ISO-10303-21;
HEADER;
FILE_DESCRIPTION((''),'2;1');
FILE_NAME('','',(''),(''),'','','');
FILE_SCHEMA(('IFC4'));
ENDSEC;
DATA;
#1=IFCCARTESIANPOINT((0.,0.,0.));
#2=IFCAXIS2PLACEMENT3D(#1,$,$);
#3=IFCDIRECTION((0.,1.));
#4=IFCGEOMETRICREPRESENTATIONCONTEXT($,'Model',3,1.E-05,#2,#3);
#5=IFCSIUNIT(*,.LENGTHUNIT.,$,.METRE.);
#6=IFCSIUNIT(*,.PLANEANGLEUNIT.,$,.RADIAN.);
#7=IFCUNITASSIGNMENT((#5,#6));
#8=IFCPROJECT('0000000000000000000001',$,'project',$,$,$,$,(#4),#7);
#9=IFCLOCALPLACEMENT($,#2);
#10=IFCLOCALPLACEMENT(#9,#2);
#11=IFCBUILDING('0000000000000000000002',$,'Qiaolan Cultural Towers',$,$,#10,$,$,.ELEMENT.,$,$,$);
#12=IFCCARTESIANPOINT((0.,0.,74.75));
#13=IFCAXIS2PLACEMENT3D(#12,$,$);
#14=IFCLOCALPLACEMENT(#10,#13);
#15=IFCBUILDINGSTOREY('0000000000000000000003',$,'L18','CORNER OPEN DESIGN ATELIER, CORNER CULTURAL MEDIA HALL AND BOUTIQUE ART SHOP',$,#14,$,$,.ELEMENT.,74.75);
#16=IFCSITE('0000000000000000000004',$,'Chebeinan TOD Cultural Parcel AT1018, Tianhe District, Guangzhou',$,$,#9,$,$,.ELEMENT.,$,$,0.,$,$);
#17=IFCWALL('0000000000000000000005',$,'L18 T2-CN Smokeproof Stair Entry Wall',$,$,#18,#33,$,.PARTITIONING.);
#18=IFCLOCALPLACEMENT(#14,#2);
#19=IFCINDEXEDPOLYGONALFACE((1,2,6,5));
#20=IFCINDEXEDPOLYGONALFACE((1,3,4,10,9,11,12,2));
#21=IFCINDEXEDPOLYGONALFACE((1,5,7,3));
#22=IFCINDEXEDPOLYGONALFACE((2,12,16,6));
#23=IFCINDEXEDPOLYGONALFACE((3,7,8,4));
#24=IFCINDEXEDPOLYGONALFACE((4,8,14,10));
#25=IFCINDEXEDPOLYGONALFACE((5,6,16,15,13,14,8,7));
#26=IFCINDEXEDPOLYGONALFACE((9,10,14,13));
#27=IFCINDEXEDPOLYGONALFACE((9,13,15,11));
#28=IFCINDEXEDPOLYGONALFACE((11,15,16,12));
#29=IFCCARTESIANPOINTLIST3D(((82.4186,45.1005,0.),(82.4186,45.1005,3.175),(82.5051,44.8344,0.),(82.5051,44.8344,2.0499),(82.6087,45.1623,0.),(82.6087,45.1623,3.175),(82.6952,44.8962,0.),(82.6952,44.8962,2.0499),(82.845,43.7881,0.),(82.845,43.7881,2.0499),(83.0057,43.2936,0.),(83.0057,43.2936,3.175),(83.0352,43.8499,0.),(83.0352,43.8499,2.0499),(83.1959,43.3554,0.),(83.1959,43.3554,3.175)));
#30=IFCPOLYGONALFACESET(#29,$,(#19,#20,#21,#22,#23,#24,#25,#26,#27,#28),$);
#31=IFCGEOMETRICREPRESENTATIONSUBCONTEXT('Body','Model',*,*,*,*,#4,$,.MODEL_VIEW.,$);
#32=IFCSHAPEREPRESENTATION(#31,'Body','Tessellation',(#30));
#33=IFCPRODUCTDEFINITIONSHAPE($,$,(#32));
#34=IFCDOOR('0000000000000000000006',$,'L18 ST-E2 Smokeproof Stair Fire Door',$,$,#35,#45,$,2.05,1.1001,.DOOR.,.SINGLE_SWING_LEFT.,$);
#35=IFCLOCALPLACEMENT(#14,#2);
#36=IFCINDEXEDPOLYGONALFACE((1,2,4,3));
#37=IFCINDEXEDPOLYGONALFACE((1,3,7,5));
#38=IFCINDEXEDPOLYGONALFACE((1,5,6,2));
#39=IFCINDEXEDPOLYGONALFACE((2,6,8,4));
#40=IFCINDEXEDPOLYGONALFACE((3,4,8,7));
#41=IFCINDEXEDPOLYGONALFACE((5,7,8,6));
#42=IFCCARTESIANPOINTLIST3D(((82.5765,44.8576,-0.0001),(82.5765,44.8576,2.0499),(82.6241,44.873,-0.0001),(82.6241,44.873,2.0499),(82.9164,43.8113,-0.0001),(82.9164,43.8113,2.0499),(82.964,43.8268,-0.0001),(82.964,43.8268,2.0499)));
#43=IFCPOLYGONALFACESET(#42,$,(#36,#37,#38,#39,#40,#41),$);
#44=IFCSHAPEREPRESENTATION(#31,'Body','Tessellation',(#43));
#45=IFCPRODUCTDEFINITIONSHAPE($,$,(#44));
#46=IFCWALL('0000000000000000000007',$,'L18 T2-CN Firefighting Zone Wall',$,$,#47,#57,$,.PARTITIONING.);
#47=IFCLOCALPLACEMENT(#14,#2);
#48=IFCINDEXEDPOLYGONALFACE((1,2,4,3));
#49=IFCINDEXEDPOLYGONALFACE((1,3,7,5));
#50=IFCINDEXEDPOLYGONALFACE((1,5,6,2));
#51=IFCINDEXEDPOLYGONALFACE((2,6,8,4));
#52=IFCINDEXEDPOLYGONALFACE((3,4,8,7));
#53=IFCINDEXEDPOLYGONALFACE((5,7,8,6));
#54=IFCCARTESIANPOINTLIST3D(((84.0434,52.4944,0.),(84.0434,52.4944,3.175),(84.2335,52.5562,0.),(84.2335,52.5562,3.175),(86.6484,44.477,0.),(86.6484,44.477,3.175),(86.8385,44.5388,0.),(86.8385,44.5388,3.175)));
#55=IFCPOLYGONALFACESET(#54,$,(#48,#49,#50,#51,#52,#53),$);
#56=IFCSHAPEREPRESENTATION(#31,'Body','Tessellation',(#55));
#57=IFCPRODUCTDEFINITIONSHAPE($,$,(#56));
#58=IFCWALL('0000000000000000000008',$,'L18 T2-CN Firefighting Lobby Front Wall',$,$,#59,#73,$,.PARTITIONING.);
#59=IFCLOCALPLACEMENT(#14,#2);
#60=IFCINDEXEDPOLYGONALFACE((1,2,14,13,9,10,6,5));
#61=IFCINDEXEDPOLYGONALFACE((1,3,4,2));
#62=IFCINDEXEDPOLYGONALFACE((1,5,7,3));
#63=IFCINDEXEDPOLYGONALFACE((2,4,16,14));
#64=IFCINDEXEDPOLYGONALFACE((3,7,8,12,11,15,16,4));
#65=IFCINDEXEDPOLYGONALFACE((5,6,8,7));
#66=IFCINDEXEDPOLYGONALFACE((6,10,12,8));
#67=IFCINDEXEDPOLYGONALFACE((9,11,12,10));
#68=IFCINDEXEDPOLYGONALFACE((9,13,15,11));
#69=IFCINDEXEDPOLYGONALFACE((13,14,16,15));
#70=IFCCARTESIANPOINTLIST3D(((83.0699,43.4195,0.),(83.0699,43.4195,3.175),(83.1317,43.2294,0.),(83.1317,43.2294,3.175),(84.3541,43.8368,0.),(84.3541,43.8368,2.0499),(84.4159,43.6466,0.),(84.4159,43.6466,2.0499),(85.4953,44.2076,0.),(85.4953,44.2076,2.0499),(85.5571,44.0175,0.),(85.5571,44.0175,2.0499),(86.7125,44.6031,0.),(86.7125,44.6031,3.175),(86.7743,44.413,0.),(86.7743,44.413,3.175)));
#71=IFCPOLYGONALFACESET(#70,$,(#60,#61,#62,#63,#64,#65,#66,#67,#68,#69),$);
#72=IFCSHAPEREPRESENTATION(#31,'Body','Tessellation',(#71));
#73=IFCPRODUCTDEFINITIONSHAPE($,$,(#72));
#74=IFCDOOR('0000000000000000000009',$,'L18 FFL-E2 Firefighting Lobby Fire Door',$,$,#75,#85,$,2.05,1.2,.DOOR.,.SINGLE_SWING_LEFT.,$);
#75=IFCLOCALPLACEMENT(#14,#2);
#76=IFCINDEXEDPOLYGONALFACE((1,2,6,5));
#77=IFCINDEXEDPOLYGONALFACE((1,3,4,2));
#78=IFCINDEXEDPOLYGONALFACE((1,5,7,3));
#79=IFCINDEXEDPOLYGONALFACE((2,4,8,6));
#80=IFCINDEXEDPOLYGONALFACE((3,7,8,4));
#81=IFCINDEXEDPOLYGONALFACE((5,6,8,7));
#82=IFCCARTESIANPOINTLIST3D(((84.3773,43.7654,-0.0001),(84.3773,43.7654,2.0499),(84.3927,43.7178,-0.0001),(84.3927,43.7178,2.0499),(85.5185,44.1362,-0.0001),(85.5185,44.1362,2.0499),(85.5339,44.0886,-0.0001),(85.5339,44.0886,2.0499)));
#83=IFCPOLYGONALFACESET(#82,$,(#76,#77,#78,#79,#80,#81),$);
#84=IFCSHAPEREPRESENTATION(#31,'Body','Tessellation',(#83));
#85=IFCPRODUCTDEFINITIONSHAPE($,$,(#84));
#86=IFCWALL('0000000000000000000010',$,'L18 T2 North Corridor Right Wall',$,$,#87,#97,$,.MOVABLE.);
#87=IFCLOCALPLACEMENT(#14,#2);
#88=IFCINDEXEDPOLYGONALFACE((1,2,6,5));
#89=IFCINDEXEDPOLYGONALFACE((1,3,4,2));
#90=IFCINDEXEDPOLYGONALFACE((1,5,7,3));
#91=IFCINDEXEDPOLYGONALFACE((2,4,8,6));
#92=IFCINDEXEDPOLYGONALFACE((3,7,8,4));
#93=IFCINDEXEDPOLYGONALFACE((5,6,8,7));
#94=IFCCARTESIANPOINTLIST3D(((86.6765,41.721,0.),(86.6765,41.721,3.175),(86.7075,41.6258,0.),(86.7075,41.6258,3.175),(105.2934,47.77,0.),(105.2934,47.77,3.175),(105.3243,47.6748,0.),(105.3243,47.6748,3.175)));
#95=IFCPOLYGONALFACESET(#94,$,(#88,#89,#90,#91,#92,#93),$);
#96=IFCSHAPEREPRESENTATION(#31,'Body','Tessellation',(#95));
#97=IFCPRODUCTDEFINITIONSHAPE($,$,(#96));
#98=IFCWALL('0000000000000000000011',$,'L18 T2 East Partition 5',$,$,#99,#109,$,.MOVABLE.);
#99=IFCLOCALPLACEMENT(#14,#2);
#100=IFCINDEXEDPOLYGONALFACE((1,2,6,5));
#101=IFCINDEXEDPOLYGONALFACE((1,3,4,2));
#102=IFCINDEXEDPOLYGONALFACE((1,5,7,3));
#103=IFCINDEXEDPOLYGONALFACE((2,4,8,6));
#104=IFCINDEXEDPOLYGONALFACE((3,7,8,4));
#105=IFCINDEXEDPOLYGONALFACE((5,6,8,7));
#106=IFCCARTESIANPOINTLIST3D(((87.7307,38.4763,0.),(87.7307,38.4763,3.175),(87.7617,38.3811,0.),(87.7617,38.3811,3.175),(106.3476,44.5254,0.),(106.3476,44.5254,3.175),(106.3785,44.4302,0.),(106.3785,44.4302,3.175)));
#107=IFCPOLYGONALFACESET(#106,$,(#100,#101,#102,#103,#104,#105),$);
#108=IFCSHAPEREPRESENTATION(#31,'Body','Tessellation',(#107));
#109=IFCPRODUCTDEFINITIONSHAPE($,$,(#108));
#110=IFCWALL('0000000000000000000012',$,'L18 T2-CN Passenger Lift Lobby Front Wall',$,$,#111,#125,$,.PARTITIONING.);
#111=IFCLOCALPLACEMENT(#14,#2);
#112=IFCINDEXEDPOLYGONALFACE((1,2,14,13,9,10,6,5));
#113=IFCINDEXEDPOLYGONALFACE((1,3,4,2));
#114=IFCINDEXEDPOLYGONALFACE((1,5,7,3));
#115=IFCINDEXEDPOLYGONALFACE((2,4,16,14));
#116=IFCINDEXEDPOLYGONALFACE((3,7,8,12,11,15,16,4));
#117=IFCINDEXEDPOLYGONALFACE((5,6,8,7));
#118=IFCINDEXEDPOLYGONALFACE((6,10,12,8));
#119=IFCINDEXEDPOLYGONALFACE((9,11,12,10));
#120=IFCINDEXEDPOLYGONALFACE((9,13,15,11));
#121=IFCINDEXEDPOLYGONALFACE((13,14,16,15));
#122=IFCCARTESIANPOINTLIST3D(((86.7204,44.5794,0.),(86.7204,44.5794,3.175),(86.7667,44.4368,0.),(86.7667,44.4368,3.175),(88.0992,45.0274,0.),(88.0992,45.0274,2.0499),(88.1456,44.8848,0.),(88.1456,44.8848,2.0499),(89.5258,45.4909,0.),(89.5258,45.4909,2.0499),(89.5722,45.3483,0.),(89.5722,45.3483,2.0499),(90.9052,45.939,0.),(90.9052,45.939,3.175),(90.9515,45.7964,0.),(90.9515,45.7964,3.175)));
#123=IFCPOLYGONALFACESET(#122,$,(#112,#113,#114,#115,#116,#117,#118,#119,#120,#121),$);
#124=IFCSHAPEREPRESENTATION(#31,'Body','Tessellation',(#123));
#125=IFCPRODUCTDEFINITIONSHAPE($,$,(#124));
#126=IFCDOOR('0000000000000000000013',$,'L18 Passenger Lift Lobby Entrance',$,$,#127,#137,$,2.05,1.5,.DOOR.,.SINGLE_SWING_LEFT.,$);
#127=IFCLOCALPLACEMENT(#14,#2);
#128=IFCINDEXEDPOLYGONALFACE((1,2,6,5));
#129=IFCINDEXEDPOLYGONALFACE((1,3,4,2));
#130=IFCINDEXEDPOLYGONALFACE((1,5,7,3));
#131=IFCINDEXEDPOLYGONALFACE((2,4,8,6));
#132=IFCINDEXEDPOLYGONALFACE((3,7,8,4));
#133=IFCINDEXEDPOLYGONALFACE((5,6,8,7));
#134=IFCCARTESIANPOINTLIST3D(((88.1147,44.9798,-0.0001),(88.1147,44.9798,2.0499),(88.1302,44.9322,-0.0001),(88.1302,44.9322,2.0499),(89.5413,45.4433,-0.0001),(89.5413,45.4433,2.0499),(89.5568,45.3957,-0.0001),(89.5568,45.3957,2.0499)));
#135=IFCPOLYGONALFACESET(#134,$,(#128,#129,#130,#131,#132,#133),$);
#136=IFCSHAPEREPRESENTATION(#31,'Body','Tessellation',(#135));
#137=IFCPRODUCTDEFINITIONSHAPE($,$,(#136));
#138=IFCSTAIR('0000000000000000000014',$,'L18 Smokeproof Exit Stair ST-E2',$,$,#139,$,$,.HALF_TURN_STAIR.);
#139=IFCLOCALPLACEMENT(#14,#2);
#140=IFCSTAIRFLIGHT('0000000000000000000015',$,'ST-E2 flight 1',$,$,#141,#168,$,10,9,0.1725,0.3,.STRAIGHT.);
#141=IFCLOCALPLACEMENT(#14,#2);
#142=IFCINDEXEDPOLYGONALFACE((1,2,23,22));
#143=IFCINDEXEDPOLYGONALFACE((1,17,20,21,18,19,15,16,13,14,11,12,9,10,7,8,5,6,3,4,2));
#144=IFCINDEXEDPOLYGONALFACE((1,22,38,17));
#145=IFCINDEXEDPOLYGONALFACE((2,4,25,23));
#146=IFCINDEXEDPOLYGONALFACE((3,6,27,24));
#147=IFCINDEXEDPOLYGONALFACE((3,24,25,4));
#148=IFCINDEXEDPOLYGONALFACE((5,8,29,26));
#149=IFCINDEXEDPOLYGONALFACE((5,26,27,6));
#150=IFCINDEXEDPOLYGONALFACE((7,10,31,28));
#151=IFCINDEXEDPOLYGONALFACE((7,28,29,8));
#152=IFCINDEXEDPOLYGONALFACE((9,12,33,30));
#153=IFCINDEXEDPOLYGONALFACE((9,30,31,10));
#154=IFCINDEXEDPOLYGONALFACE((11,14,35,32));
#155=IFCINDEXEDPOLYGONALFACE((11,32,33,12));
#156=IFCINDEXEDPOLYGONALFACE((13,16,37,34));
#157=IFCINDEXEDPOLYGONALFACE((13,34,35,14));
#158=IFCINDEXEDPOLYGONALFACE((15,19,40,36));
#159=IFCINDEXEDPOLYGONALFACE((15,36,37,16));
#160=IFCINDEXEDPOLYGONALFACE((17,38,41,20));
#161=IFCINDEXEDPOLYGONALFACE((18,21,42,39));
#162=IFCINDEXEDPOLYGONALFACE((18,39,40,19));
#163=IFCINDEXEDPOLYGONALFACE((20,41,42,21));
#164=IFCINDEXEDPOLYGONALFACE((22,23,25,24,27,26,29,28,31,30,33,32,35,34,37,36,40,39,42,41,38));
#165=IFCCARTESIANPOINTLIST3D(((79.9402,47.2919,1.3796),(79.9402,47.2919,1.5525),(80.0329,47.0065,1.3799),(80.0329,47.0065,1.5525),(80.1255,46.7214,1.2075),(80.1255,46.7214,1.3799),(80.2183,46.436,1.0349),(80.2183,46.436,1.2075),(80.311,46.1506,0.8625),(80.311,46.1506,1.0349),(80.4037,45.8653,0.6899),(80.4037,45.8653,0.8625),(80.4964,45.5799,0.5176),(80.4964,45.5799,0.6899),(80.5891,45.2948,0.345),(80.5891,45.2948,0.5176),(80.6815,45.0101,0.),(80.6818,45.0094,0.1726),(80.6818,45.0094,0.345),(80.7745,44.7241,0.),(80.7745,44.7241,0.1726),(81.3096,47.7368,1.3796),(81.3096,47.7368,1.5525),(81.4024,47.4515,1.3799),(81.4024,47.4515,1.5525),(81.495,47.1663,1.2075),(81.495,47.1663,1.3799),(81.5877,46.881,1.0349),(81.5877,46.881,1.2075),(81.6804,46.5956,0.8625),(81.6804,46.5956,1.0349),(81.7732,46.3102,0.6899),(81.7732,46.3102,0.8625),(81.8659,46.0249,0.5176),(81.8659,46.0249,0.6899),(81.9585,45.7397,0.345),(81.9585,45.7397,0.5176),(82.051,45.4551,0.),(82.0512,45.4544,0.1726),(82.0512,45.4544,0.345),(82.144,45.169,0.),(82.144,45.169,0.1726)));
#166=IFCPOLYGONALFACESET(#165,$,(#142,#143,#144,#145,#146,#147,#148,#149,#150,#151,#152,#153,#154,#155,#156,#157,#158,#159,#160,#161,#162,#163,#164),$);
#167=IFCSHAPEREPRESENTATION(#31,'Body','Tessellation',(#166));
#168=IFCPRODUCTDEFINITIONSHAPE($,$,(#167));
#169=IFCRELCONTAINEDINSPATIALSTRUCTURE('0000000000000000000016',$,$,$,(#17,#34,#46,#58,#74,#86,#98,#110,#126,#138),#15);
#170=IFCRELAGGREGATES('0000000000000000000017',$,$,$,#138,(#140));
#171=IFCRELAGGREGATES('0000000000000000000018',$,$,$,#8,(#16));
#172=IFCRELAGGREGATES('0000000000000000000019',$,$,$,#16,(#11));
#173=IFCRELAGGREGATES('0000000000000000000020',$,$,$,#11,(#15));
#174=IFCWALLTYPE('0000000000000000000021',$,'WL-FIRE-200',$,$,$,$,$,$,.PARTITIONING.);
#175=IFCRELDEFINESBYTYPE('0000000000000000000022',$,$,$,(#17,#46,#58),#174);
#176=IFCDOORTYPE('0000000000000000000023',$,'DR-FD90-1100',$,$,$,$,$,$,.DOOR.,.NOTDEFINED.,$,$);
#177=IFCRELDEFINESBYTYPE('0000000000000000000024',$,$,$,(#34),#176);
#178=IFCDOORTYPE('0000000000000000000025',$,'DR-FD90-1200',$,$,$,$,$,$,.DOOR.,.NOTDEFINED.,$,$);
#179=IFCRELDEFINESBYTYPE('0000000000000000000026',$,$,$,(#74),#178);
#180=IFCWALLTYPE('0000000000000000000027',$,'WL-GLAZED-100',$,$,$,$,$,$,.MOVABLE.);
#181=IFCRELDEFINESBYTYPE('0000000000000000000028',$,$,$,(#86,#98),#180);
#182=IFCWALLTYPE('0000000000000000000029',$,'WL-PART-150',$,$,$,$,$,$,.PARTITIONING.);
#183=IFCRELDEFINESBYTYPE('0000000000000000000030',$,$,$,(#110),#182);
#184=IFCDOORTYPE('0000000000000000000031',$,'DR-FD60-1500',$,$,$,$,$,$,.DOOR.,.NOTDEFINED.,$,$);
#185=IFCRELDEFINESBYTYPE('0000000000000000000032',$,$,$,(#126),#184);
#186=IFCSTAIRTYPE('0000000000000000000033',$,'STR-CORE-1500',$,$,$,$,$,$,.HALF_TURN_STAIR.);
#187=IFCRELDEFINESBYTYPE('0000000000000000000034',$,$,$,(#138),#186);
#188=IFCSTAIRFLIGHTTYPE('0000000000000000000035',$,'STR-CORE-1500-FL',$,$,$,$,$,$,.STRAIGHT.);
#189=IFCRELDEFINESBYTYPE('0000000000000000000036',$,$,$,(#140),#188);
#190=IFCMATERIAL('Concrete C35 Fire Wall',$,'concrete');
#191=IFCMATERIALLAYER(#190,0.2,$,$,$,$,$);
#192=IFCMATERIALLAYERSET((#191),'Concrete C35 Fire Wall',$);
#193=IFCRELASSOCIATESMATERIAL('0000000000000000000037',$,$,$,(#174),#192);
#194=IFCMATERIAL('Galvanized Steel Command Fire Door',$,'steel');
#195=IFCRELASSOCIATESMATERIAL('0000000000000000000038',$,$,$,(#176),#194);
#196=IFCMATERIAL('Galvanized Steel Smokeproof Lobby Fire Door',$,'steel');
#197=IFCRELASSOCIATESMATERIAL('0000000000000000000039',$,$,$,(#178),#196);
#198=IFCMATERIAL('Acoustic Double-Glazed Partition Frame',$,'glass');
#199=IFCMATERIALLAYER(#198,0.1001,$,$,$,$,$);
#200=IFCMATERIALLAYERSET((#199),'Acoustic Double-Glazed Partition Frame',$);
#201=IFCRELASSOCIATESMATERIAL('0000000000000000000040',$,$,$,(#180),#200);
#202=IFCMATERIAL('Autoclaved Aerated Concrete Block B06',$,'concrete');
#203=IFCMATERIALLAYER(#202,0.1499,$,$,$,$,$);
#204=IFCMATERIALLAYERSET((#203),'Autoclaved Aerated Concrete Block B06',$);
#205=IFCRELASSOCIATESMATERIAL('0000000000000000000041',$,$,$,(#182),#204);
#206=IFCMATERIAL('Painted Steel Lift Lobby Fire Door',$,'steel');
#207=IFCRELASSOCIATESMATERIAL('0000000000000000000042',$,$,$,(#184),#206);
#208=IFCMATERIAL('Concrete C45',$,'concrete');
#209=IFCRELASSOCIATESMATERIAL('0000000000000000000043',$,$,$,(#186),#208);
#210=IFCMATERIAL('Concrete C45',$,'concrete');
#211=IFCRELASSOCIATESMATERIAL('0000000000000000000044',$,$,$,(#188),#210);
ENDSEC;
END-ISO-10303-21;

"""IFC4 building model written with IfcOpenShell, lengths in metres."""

from ifc_helpers import new_model, si_unit, direction, frame, frame_2d, origin, place, context, subcontext, project, spatial, polyline, rectangle, outline, extrude, material, layer, layer_set, type_object, element, fill, aggregate, save


model = new_model("IFC4")

# Units and contexts
model_context = context("Model", 3, precision=1e-05, world=origin(), true_north=direction((0.0, 1.0)))
body_context = subcontext(model_context, "Body", "Model", "MODEL_VIEW")
ifc_project = project(units=[si_unit("LENGTHUNIT", "METRE"), si_unit("PLANEANGLEUNIT", "RADIAN")], contexts=[model_context])

# Site, building, storey
site_placement = place(None, origin())
site = spatial("IfcSite", under=ifc_project, at=site_placement, Name="Chebeinan TOD Cultural Parcel AT1018, Tianhe District, Guangzhou", CompositionType="ELEMENT", RefElevation=0.0)
building_placement = place(site_placement, origin())
building = spatial("IfcBuilding", under=site, at=building_placement, Name="Qiaolan Cultural Towers", CompositionType="ELEMENT")
storey_placement = place(building_placement, frame((0.0, 0.0, 74.75)))
storey = spatial("IfcBuildingStorey", under=building, at=storey_placement, Name="L18", Description="CORNER OPEN DESIGN ATELIER, CORNER CULTURAL MEDIA HALL AND BOUTIQUE ART SHOP", CompositionType="ELEMENT", Elevation=74.75)

# Wall, opening, door
ifc_material_1 = material(Name="Concrete C35 Fire Wall", Category="concrete")
ifc_layer_1 = layer(ifc_material_1, 0.2)
ifc_layer_set_1 = layer_set([ifc_layer_1], Name="Concrete C35 Fire Wall")
wall_type_1 = type_object("IfcWallType", Name="WL-FIRE-200", PredefinedType="PARTITIONING", material=ifc_layer_set_1)
wall_1_placement = place(storey_placement, frame((83.1008, 43.3245, 0.0), z_axis=(0.0, 0.0, 1.0), x_axis=(-0.309048, 0.951046, 0.0)))
wall_1 = element("IfcWall", 1, at=wall_1_placement, inside=storey, type_object=wall_type_1, Name="L18 T2-CN Smokeproof Stair Entry Wall", PredefinedType="PARTITIONING", context=body_context, shape_type="SweptSolid", body=[
    extrude(rectangle(XDim=1.8999, YDim=0.2, at=frame_2d((0.95, 0.0))), origin(), (0.0, 0.0, 1.0), 3.175),
])
opening_1_placement = place(wall_1_placement, frame((0.52, 0.0, 0.0)))
opening_1 = element("IfcOpeningElement", 2, at=opening_1_placement, cuts=wall_1, PredefinedType="OPENING", context=body_context, shape_type="SweptSolid", body=[
    extrude(rectangle(XDim=1.1001, YDim=2.05, at=frame_2d((0.55, 1.0249))), frame((0.0, 0.1099, 0.0), z_axis=(0.0, -1.0, 0.0), x_axis=(1.0, 0.0, 0.0)), (0.0, 0.0, 1.0), 0.22),
])
ifc_material_2 = material(Name="Galvanized Steel Command Fire Door", Category="steel")
door_type_1 = type_object("IfcDoorType", Name="DR-FD90-1100", OperationType="NOTDEFINED", PredefinedType="DOOR", material=ifc_material_2)
door_1_placement = place(opening_1_placement, origin())
door_1 = element("IfcDoor", 3, at=door_1_placement, inside=storey, type_object=door_type_1, Name="L18 ST-E2 Smokeproof Stair Fire Door", OperationType="SINGLE_SWING_LEFT", OverallHeight=2.05, OverallWidth=1.1001, PredefinedType="DOOR", context=body_context, shape_type="SweptSolid", body=[
    extrude(rectangle(XDim=1.1001, YDim=2.05, at=frame_2d((0.55, 1.0249))), frame((0.0, 0.0249, 0.0), z_axis=(0.0, -1.0, 0.0), x_axis=(1.0, 0.0, 0.0)), (0.0, 0.0, 1.0), 0.05),
])
fill(opening_1, door_1)

# Wall
wall_2_placement = place(storey_placement, frame((86.7434, 44.5081, 0.0), z_axis=(0.0, 0.0, 1.0), x_axis=(-0.309016, 0.951057, 0.0)))
element("IfcWall", 4, at=wall_2_placement, inside=storey, type_object=wall_type_1, Name="L18 T2-CN Firefighting Zone Wall", PredefinedType="PARTITIONING", context=body_context, shape_type="SweptSolid", body=[
    extrude(rectangle(XDim=8.4299, YDim=0.2, at=frame_2d((4.2148, 0.0))), origin(), (0.0, 0.0, 1.0), 3.175),
])

# Wall, opening, door
wall_3_placement = place(storey_placement, frame((83.1008, 43.3245, 0.0), z_axis=(0.0, 0.0, 1.0), x_axis=(0.951053, 0.309028, 0.0)))
wall_3 = element("IfcWall", 5, at=wall_3_placement, inside=storey, type_object=wall_type_1, Name="L18 T2-CN Firefighting Lobby Front Wall", PredefinedType="PARTITIONING", context=body_context, shape_type="SweptSolid", body=[
    extrude(rectangle(XDim=3.8301, YDim=0.2, at=frame_2d((1.915, 0.0))), origin(), (0.0, 0.0, 1.0), 3.175),
])
opening_2_placement = place(wall_3_placement, frame((1.3501, 0.0, 0.0)))
opening_2 = element("IfcOpeningElement", 6, at=opening_2_placement, cuts=wall_3, PredefinedType="OPENING", context=body_context, shape_type="SweptSolid", body=[
    extrude(rectangle(XDim=1.2, YDim=2.05, at=frame_2d((0.6001, 1.0249))), frame((0.0, 0.1099, 0.0), z_axis=(0.0, -1.0, 0.0), x_axis=(1.0, 0.0, 0.0)), (0.0, 0.0, 1.0), 0.22),
])
ifc_material_3 = material(Name="Galvanized Steel Smokeproof Lobby Fire Door", Category="steel")
door_type_2 = type_object("IfcDoorType", Name="DR-FD90-1200", OperationType="NOTDEFINED", PredefinedType="DOOR", material=ifc_material_3)
door_2_placement = place(opening_2_placement, origin())
door_2 = element("IfcDoor", 7, at=door_2_placement, inside=storey, type_object=door_type_2, Name="L18 FFL-E2 Firefighting Lobby Fire Door", OperationType="SINGLE_SWING_LEFT", OverallHeight=2.05, OverallWidth=1.2, PredefinedType="DOOR", context=body_context, shape_type="SweptSolid", body=[
    extrude(rectangle(XDim=1.2, YDim=2.05, at=frame_2d((0.6001, 1.0249))), frame((0.0, 0.0249, 0.0), z_axis=(0.0, -1.0, 0.0), x_axis=(1.0, 0.0, 0.0)), (0.0, 0.0, 1.0), 0.05),
])
fill(opening_2, door_2)

# Walls
ifc_material_4 = material(Name="Acoustic Double-Glazed Partition Frame", Category="glass")
ifc_layer_2 = layer(ifc_material_4, 0.1001)
ifc_layer_set_2 = layer_set([ifc_layer_2], Name="Acoustic Double-Glazed Partition Frame")
wall_type_2 = type_object("IfcWallType", Name="WL-GLAZED-100", PredefinedType="MOVABLE", material=ifc_layer_set_2)
for number, where, z_axis, x_axis, name in (
    (8, (86.6919, 41.6733, 0.0), (0.0, 0.0, 1.0), (0.951056, 0.30902, 0.0), "L18 T2 North Corridor Right Wall"),
    (9, (87.7461, 38.4287, 0.0), (0.0, 0.0, 1.0), (0.951056, 0.30902, 0.0), "L18 T2 East Partition 5"),
):
    element("IfcWall", number, at=place(storey_placement, frame(where, z_axis=z_axis, x_axis=x_axis)), inside=storey, type_object=wall_type_2, Name=name, PredefinedType="MOVABLE", context=body_context, shape_type="SweptSolid", body=[
        extrude(rectangle(XDim=19.575, YDim=0.1001, at=frame_2d((9.7876, 0.0))), origin(), (0.0, 0.0, 1.0), 3.175),
    ])

# Wall, opening, door
ifc_material_5 = material(Name="Autoclaved Aerated Concrete Block B06", Category="concrete")
ifc_layer_3 = layer(ifc_material_5, 0.1499)
ifc_layer_set_3 = layer_set([ifc_layer_3], Name="Autoclaved Aerated Concrete Block B06")
wall_type_3 = type_object("IfcWallType", Name="WL-PART-150", PredefinedType="PARTITIONING", material=ifc_layer_set_3)
wall_4_placement = place(storey_placement, frame((86.7434, 44.5081, 0.0), z_axis=(0.0, 0.0, 1.0), x_axis=(0.951064, 0.308994, 0.0)))
wall_4 = element("IfcWall", 10, at=wall_4_placement, inside=storey, type_object=wall_type_3, Name="L18 T2-CN Passenger Lift Lobby Front Wall", PredefinedType="PARTITIONING", context=body_context, shape_type="SweptSolid", body=[
    extrude(rectangle(XDim=4.4001, YDim=0.1499, at=frame_2d((2.2002, 0.0))), origin(), (0.0, 0.0, 1.0), 3.175),
])
opening_3_placement = place(wall_4_placement, frame((1.45, 0.0, 0.0)))
opening_3 = element("IfcOpeningElement", 11, at=opening_3_placement, cuts=wall_4, PredefinedType="OPENING", context=body_context, shape_type="SweptSolid", body=[
    extrude(rectangle(XDim=1.5, YDim=2.05, at=frame_2d((0.75, 1.0249))), frame((0.0, 0.085, 0.0), z_axis=(0.0, -1.0, 0.0), x_axis=(1.0, 0.0, 0.0)), (0.0, 0.0, 1.0), 0.1699),
])
ifc_material_6 = material(Name="Painted Steel Lift Lobby Fire Door", Category="steel")
door_type_3 = type_object("IfcDoorType", Name="DR-FD60-1500", OperationType="NOTDEFINED", PredefinedType="DOOR", material=ifc_material_6)
door_3_placement = place(opening_3_placement, origin())
door_3 = element("IfcDoor", 12, at=door_3_placement, inside=storey, type_object=door_type_3, Name="L18 Passenger Lift Lobby Entrance", OperationType="SINGLE_SWING_LEFT", OverallHeight=2.05, OverallWidth=1.5, PredefinedType="DOOR", context=body_context, shape_type="SweptSolid", body=[
    extrude(rectangle(XDim=1.5, YDim=2.05, at=frame_2d((0.75, 1.0249))), frame((0.0, 0.0249, 0.0), z_axis=(0.0, -1.0, 0.0), x_axis=(1.0, 0.0, 0.0)), (0.0, 0.0, 1.0), 0.05),
])
fill(opening_3, door_3)

# Stair, stair flight
ifc_material_7 = material(Name="Concrete C45", Category="concrete")
stair_type = type_object("IfcStairType", Name="STR-CORE-1500", PredefinedType="HALF_TURN_STAIR", material=ifc_material_7)
stair_placement = place(storey_placement, origin())
stair = element("IfcStair", 13, at=stair_placement, inside=storey, type_object=stair_type, Name="L18 Smokeproof Exit Stair ST-E2", PredefinedType="HALF_TURN_STAIR")
ifc_material_8 = material(Name="Concrete C45", Category="concrete")
stair_flight_type = type_object("IfcStairFlightType", Name="STR-CORE-1500-FL", PredefinedType="STRAIGHT", material=ifc_material_8)
stair_flight_placement = place(storey_placement, frame((81.4592, 44.9465, 0.0), z_axis=(0.0, 0.0, 1.0), x_axis=(-0.309017, 0.951057, 0.0)))
stair_flight = element("IfcStairFlight", 14, at=stair_flight_placement, type_object=stair_flight_type, Name="ST-E2 flight 1", NumberOfRisers=10, NumberOfTreads=9, PredefinedType="STRAIGHT", RiserHeight=0.1725, TreadLength=0.3, context=body_context, shape_type="SweptSolid", body=[
    extrude(outline(polyline([(0.0, 0.0), (0.0, 0.1726), (0.3, 0.1726), (0.3, 0.345), (0.6001, 0.345), (0.6001, 0.5176), (0.8999, 0.5176), (0.8999, 0.6899), (1.2, 0.6899), (1.2, 0.8625), (1.5, 0.8625), (1.5, 1.0349), (1.8, 1.0349), (1.8, 1.2075), (2.1001, 1.2075), (2.1001, 1.3799), (2.3999, 1.3799), (2.3999, 1.5525), (2.7, 1.5525), (2.7, 1.7251), (2.7, 1.3796), (0.3008, 0.0), (0.0, 0.0)])), frame((0.0, 0.72, 0.0), z_axis=(0.0, -1.0, 0.0), x_axis=(1.0, 0.0, 0.0)), (0.0, 0.0, 1.0), 1.4399),
])
aggregate(stair, [stair_flight])

save(model, "model.ifc")
